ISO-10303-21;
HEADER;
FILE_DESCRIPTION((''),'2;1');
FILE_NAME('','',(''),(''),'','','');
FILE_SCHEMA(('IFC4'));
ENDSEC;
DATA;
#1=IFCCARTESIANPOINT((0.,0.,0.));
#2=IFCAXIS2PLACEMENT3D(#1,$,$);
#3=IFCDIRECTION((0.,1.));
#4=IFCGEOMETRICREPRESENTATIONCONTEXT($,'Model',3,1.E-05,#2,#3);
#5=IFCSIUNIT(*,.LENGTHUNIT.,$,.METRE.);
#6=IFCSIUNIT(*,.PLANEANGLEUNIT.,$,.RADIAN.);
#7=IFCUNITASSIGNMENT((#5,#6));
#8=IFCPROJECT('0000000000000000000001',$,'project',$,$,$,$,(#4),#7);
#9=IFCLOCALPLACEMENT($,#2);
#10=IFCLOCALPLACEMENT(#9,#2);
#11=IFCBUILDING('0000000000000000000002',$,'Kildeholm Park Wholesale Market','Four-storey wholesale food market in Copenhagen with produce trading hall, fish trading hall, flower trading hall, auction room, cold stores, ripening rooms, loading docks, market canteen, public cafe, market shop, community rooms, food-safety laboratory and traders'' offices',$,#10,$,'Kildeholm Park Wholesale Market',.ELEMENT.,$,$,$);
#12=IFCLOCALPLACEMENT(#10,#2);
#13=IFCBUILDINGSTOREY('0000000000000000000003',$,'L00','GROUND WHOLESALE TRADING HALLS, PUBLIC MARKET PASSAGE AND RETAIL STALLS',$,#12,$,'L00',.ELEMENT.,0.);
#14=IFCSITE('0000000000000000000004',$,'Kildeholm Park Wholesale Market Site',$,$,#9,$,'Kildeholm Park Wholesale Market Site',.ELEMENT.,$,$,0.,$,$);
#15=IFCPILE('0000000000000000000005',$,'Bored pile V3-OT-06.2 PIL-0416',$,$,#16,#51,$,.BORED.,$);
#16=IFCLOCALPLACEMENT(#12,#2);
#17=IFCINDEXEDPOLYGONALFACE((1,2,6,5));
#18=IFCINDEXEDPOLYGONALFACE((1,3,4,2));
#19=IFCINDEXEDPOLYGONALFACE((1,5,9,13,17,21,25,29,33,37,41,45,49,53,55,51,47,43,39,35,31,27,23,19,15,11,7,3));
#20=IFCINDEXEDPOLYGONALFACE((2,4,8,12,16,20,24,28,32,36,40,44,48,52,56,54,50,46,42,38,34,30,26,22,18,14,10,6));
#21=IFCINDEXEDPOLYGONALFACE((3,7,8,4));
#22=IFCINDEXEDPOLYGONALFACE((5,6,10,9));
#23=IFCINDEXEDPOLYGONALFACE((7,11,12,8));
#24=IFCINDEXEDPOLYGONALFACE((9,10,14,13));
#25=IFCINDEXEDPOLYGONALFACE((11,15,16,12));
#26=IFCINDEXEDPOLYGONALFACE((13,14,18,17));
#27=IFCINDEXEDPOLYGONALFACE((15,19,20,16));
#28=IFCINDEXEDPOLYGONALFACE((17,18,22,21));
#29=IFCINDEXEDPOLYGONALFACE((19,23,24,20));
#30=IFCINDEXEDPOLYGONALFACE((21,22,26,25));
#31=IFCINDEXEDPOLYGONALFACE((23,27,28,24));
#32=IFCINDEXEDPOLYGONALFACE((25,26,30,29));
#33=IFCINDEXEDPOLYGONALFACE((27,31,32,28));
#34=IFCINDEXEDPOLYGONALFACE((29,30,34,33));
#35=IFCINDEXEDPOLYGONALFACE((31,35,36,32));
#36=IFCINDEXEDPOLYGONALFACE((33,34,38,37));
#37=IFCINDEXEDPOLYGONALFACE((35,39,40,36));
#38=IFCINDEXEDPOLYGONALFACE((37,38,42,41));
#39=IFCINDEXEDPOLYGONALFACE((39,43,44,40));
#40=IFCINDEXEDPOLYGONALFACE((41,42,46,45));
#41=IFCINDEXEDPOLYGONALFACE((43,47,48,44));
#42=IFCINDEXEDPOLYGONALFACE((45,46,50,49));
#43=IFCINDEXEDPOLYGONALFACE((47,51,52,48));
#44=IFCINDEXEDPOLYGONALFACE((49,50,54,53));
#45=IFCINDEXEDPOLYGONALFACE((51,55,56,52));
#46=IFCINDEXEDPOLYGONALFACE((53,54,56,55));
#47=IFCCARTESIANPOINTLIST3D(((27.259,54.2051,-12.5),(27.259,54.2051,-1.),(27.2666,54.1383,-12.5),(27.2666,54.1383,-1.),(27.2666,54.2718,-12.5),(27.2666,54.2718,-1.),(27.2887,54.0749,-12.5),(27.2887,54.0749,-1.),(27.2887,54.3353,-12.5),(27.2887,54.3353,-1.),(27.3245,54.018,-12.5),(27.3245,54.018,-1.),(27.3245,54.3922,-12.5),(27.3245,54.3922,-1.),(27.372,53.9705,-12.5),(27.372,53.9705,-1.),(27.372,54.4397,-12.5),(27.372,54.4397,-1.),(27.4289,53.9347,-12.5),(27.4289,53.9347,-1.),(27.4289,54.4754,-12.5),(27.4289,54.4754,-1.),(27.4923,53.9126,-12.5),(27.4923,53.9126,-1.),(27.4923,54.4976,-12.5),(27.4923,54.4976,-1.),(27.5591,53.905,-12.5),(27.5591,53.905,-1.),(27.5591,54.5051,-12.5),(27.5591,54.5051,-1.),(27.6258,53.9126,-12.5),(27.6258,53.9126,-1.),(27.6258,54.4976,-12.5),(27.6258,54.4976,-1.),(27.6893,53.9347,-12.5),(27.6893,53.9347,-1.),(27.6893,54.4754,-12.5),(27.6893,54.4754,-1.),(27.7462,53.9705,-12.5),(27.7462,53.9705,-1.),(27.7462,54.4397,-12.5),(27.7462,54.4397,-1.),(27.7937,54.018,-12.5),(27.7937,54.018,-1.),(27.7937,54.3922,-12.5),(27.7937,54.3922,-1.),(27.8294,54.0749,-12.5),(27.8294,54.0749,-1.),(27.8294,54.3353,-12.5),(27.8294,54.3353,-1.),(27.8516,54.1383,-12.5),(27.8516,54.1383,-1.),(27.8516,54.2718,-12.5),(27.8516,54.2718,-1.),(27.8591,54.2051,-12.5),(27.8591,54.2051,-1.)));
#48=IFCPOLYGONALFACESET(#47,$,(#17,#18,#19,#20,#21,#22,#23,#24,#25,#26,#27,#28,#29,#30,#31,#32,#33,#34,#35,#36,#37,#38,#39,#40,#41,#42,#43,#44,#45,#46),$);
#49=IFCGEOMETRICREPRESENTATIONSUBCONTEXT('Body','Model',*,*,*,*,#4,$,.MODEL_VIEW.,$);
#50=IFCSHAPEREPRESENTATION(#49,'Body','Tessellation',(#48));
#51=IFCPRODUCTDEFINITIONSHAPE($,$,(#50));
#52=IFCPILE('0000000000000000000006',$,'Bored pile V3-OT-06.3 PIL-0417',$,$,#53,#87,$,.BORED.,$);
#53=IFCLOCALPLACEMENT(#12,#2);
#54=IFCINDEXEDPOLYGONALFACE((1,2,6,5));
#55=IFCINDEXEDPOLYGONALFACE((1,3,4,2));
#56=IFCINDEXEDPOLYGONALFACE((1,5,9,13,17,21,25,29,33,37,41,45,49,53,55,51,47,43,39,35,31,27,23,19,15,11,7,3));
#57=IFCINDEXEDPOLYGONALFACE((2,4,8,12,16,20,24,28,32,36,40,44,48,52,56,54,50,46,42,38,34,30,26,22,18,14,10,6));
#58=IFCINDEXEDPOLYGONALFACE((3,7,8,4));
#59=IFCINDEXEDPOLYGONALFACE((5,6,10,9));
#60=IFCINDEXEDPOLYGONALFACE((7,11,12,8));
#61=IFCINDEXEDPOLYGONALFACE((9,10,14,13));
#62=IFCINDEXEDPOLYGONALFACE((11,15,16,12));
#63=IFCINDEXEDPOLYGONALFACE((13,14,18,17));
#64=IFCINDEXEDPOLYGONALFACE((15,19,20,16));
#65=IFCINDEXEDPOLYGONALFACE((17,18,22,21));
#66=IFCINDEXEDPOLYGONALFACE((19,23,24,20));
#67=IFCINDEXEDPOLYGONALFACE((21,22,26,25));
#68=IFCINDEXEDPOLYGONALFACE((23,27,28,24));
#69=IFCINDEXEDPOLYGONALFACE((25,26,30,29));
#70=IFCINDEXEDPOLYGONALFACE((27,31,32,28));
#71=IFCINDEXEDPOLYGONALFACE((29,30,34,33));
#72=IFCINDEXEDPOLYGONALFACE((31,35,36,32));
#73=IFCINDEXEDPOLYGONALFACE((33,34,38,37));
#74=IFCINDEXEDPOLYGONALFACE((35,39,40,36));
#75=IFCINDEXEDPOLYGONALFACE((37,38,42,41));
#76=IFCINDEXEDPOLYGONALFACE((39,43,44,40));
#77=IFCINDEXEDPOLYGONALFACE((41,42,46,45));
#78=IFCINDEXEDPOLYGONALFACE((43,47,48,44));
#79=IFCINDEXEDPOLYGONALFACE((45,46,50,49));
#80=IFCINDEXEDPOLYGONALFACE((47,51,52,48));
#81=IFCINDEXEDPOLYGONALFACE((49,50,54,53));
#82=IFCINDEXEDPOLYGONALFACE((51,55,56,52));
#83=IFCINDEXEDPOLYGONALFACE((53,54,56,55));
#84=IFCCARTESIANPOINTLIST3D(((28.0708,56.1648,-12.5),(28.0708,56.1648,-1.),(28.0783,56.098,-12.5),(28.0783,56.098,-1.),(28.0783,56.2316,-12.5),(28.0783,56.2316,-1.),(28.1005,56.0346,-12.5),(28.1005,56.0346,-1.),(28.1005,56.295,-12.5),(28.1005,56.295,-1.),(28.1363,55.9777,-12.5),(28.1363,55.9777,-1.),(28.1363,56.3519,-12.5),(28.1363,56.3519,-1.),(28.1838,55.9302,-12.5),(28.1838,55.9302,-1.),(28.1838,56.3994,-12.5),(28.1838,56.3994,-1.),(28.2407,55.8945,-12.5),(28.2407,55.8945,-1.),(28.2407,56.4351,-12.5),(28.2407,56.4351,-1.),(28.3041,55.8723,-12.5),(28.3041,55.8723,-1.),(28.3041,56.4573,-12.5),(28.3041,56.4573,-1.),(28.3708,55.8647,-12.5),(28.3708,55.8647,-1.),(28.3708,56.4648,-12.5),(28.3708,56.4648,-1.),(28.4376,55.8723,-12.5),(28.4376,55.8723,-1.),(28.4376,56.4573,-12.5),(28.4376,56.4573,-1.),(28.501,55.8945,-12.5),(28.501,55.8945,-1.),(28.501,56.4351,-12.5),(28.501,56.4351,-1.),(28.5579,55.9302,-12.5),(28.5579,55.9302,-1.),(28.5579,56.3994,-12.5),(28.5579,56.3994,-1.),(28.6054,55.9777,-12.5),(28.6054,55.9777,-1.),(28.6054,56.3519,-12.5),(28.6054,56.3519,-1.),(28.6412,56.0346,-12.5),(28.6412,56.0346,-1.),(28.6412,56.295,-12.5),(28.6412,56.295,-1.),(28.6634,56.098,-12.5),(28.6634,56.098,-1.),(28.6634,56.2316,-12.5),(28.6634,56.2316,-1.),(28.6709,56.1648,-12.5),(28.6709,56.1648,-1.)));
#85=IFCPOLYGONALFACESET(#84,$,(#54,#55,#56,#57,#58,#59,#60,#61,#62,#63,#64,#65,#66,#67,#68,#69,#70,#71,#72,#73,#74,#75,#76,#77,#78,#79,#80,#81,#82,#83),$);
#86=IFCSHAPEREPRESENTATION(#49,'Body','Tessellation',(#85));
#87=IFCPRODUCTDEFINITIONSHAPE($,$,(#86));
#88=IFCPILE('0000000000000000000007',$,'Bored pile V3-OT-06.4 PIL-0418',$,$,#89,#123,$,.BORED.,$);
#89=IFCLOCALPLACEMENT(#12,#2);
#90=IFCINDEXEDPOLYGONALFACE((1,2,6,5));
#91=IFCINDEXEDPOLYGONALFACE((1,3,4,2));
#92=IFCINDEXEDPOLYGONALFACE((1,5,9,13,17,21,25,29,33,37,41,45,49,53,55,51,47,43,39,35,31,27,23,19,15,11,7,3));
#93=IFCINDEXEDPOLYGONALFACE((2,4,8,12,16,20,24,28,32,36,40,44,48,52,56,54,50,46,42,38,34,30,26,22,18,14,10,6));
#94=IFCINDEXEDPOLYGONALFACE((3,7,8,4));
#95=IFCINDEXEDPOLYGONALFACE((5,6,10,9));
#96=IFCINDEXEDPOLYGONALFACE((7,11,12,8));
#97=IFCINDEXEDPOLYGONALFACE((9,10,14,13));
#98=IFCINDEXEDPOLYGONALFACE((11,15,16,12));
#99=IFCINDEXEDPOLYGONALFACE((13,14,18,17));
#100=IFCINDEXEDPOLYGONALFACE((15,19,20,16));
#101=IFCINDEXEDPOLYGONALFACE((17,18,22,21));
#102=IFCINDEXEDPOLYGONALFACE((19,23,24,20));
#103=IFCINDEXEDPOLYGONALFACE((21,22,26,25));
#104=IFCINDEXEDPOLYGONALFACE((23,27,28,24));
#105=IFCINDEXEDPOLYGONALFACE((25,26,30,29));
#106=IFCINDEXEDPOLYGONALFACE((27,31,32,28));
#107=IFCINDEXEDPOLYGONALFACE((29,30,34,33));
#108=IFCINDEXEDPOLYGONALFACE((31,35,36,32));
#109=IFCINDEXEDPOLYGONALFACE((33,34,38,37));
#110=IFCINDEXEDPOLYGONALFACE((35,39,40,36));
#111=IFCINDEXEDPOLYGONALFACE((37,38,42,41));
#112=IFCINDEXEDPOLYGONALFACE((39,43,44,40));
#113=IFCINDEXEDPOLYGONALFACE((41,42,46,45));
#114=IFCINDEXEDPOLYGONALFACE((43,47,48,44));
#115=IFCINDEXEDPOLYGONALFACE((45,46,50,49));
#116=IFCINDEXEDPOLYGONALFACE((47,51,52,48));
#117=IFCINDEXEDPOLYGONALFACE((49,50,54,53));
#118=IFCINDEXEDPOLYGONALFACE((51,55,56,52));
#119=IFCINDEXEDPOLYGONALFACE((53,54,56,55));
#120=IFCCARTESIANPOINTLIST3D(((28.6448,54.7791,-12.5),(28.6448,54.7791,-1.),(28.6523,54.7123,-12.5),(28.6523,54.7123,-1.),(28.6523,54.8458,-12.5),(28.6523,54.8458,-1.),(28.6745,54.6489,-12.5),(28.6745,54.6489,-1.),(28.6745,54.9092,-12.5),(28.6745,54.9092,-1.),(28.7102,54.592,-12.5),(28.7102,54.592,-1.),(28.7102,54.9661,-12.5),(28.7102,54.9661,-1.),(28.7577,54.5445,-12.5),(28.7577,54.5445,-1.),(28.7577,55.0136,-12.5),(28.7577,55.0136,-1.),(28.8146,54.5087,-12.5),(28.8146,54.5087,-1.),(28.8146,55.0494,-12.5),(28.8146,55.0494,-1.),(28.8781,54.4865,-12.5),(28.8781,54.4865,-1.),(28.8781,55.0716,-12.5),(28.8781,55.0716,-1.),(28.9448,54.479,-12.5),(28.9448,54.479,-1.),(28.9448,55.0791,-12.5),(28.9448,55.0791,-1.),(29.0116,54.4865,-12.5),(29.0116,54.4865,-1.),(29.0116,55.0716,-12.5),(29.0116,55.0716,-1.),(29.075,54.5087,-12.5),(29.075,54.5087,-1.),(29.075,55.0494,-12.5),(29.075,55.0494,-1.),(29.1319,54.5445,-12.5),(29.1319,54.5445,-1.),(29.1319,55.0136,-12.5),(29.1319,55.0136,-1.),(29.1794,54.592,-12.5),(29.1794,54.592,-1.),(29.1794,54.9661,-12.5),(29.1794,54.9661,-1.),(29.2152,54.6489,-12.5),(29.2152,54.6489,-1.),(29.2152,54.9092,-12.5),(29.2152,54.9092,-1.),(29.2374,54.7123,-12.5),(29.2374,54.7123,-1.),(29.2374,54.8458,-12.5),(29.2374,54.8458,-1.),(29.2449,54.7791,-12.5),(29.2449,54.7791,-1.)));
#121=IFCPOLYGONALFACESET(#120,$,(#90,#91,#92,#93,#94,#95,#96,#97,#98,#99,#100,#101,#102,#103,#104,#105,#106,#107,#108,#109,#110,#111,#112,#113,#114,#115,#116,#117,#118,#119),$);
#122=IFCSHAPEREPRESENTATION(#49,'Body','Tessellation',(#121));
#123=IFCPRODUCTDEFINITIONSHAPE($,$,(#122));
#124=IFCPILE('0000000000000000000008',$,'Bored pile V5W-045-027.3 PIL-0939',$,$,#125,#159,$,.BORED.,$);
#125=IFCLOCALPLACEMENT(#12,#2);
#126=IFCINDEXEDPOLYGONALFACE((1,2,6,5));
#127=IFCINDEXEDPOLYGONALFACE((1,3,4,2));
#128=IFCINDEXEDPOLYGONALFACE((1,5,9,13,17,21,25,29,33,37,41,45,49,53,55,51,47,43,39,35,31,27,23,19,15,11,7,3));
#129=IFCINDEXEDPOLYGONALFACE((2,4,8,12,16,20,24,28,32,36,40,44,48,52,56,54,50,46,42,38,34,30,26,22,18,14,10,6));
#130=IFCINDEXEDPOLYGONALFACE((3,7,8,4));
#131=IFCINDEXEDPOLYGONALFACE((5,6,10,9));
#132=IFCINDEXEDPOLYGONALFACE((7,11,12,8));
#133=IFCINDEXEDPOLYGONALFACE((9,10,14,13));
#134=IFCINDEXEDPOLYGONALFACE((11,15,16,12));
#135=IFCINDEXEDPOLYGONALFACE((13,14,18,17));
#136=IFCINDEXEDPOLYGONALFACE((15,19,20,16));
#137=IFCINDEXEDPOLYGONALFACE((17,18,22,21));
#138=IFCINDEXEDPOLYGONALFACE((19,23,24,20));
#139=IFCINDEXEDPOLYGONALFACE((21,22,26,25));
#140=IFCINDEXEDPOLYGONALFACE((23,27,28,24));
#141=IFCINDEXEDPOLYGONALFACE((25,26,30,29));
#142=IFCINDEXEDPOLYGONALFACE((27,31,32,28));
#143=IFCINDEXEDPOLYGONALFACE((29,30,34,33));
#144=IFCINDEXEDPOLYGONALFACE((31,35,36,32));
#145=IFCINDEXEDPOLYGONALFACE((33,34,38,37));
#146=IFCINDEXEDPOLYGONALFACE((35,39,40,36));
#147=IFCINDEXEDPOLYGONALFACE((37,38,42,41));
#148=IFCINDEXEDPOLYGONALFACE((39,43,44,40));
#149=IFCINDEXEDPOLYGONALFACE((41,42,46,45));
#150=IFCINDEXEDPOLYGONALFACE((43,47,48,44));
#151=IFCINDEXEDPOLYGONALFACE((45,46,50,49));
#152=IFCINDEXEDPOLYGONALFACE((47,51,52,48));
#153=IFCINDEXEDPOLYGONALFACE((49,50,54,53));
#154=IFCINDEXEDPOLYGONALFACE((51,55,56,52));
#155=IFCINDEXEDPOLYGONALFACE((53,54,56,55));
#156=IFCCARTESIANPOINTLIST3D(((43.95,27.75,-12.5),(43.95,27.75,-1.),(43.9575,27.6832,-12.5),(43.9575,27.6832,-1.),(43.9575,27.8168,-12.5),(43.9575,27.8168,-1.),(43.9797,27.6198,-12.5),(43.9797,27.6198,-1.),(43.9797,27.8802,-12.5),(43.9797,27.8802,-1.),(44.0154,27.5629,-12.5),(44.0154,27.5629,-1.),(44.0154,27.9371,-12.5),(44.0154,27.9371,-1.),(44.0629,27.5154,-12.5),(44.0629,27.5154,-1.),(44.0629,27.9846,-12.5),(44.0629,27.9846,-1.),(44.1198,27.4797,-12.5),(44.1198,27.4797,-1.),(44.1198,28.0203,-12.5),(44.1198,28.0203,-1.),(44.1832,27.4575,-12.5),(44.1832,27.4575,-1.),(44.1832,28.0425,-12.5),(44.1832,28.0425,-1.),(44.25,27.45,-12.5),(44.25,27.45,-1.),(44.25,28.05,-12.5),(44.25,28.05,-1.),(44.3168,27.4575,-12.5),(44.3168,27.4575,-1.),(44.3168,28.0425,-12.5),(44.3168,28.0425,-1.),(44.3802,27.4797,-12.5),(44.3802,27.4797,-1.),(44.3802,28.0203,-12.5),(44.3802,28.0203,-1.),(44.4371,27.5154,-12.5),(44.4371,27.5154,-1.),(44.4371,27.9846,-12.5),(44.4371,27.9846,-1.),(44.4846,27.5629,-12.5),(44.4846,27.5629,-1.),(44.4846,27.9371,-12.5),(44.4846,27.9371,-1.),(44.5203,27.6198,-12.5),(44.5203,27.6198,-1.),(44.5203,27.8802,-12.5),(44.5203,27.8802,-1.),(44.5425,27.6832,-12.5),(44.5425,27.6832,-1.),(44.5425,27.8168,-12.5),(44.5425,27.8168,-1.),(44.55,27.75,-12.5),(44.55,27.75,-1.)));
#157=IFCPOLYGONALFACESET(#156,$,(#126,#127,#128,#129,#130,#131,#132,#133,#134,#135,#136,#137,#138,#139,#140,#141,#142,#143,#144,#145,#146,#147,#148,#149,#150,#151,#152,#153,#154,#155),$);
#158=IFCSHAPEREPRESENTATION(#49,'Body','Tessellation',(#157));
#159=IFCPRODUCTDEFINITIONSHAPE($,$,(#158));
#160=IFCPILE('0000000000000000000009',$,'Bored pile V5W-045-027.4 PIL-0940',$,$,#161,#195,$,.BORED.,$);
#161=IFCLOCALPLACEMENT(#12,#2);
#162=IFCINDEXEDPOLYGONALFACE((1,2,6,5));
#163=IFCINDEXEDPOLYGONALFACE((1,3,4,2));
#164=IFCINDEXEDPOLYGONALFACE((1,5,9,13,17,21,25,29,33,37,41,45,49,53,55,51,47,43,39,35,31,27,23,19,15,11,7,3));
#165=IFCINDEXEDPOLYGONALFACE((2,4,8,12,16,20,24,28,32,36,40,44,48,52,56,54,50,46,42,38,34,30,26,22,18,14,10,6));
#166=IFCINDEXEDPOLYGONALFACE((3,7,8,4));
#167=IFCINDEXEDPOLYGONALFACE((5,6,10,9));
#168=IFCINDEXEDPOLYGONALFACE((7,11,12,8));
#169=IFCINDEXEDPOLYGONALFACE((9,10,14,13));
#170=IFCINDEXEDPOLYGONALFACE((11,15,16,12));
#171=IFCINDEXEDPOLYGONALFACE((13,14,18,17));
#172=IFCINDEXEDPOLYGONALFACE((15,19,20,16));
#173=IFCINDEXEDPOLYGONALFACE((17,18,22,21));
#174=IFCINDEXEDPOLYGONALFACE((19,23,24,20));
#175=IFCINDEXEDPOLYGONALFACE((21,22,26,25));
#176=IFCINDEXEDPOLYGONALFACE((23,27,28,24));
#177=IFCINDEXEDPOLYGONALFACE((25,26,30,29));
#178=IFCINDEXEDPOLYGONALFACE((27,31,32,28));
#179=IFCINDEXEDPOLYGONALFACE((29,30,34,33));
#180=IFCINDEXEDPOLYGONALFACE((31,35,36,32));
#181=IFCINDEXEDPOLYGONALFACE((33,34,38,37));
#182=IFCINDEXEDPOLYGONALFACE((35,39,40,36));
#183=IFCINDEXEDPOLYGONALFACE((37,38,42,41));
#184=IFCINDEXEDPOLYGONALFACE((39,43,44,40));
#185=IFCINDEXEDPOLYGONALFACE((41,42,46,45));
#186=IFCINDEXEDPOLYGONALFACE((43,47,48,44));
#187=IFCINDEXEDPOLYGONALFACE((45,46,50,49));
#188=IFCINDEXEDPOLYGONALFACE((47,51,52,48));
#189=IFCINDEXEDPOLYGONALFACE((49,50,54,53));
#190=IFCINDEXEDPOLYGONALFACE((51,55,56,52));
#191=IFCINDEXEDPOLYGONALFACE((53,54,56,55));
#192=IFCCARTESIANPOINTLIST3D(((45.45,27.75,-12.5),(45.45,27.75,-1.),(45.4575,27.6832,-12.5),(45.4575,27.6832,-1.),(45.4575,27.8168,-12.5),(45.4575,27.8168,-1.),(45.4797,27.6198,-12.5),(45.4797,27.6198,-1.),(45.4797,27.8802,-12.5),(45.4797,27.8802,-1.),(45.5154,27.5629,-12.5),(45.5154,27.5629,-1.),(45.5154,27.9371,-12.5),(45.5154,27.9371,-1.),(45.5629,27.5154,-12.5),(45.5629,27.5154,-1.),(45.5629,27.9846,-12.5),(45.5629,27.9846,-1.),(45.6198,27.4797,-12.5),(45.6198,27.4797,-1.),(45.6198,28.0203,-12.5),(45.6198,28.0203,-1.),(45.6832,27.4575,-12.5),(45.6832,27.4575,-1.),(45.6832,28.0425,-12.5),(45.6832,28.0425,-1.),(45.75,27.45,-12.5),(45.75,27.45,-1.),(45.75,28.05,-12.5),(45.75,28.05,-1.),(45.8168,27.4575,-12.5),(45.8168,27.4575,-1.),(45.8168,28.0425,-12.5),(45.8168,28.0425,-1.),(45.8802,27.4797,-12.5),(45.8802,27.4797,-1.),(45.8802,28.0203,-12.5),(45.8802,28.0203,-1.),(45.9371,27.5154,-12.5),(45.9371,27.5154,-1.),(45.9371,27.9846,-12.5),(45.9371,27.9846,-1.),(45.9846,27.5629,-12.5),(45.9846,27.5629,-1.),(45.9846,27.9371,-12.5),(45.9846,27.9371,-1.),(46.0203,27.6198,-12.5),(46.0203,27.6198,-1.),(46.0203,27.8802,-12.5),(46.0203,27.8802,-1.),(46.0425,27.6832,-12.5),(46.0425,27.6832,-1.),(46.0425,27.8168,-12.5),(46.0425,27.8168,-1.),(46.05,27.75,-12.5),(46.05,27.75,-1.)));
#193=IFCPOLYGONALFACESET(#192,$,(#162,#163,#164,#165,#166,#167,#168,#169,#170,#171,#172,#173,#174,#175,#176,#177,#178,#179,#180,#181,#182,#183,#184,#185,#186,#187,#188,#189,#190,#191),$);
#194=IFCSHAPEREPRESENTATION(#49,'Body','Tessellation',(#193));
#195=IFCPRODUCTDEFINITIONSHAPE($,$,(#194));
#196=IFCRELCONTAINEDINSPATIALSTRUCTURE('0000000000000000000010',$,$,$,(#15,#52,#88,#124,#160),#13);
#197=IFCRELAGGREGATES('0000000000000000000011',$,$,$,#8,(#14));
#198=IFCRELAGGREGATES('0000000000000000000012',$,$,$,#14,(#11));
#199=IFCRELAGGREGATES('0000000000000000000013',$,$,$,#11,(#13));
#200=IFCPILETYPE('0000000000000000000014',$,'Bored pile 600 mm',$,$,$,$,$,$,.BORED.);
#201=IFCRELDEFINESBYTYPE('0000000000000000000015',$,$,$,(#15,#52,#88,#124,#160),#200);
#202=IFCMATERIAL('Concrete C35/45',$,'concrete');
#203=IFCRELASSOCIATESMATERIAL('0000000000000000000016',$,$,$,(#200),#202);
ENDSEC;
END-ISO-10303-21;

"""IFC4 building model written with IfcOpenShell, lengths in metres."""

from ifc_helpers import new_model, si_unit, direction, frame, origin, origin_2d, place, context, subcontext, project, spatial, circle, extrude, material, material_profile, profile_set, type_object, element, save


model = new_model("IFC4")

# Units and contexts
model_context = context("Model", 3, precision=1e-05, world=origin(), true_north=direction((0.0, 1.0)))
body_context = subcontext(model_context, "Body", "Model", "MODEL_VIEW")
ifc_project = project(units=[si_unit("LENGTHUNIT", "METRE"), si_unit("PLANEANGLEUNIT", "RADIAN")], contexts=[model_context])

# Site, building, storey
site_placement = place(None, origin())
site = spatial("IfcSite", under=ifc_project, at=site_placement, Name="Kildeholm Park Wholesale Market Site", LongName="Kildeholm Park Wholesale Market Site", CompositionType="ELEMENT", RefElevation=0.0)
building_placement = place(site_placement, origin())
building = spatial("IfcBuilding", under=site, at=building_placement, Name="Kildeholm Park Wholesale Market", Description="Four-storey wholesale food market in Copenhagen with produce trading hall, fish trading hall, flower trading hall, auction room, cold stores, ripening rooms, loading docks, market canteen, public cafe, market shop, community rooms, food-safety laboratory and traders' offices", LongName="Kildeholm Park Wholesale Market", CompositionType="ELEMENT")
storey_placement = place(building_placement, origin())
storey = spatial("IfcBuildingStorey", under=building, at=storey_placement, Name="L00", Description="GROUND WHOLESALE TRADING HALLS, PUBLIC MARKET PASSAGE AND RETAIL STALLS", LongName="L00", CompositionType="ELEMENT", Elevation=0.0)

# Piles
ifc_material_1 = material(Name="Concrete C35/45", Category="concrete")
ifc_material_profile_1 = material_profile(ifc_material_1, circle(Radius=0.3, at=origin_2d()), Name="PILE D600")
ifc_profile_set_1 = profile_set([ifc_material_profile_1], Name="Concrete C35/45")
pile_type_1 = type_object("IfcPileType", Name="Bored pile 600 mm", PredefinedType="BORED", material=ifc_profile_set_1)
for number, where, z_axis, x_axis, name in (
    (1, (27.5591, 54.2051, -1.0), (0.0, 0.0, -1.0), (1.0, 0.0, 0.0), "Bored pile V3-OT-06.2 PIL-0416"),
    (2, (28.3708, 56.1648, -1.0), (0.0, 0.0, -1.0), (1.0, 0.0, 0.0), "Bored pile V3-OT-06.3 PIL-0417"),
    (3, (28.9448, 54.7791, -1.0), (0.0, 0.0, -1.0), (1.0, 0.0, 0.0), "Bored pile V3-OT-06.4 PIL-0418"),
    (4, (44.25, 27.75, -1.0), (0.0, 0.0, -1.0), (1.0, 0.0, 0.0), "Bored pile V5W-045-027.3 PIL-0939"),
    (5, (45.75, 27.75, -1.0), (0.0, 0.0, -1.0), (1.0, 0.0, 0.0), "Bored pile V5W-045-027.4 PIL-0940"),
):
    element("IfcPile", number, at=place(storey_placement, frame(where, z_axis=z_axis, x_axis=x_axis)), inside=storey, type_object=pile_type_1, Name=name, PredefinedType="BORED", context=body_context, shape_type="SweptSolid", body=[
        extrude(circle(Radius=0.3, at=origin_2d()), origin(), (0.0, 0.0, 1.0), 11.5),
    ])

save(model, "model.ifc")
